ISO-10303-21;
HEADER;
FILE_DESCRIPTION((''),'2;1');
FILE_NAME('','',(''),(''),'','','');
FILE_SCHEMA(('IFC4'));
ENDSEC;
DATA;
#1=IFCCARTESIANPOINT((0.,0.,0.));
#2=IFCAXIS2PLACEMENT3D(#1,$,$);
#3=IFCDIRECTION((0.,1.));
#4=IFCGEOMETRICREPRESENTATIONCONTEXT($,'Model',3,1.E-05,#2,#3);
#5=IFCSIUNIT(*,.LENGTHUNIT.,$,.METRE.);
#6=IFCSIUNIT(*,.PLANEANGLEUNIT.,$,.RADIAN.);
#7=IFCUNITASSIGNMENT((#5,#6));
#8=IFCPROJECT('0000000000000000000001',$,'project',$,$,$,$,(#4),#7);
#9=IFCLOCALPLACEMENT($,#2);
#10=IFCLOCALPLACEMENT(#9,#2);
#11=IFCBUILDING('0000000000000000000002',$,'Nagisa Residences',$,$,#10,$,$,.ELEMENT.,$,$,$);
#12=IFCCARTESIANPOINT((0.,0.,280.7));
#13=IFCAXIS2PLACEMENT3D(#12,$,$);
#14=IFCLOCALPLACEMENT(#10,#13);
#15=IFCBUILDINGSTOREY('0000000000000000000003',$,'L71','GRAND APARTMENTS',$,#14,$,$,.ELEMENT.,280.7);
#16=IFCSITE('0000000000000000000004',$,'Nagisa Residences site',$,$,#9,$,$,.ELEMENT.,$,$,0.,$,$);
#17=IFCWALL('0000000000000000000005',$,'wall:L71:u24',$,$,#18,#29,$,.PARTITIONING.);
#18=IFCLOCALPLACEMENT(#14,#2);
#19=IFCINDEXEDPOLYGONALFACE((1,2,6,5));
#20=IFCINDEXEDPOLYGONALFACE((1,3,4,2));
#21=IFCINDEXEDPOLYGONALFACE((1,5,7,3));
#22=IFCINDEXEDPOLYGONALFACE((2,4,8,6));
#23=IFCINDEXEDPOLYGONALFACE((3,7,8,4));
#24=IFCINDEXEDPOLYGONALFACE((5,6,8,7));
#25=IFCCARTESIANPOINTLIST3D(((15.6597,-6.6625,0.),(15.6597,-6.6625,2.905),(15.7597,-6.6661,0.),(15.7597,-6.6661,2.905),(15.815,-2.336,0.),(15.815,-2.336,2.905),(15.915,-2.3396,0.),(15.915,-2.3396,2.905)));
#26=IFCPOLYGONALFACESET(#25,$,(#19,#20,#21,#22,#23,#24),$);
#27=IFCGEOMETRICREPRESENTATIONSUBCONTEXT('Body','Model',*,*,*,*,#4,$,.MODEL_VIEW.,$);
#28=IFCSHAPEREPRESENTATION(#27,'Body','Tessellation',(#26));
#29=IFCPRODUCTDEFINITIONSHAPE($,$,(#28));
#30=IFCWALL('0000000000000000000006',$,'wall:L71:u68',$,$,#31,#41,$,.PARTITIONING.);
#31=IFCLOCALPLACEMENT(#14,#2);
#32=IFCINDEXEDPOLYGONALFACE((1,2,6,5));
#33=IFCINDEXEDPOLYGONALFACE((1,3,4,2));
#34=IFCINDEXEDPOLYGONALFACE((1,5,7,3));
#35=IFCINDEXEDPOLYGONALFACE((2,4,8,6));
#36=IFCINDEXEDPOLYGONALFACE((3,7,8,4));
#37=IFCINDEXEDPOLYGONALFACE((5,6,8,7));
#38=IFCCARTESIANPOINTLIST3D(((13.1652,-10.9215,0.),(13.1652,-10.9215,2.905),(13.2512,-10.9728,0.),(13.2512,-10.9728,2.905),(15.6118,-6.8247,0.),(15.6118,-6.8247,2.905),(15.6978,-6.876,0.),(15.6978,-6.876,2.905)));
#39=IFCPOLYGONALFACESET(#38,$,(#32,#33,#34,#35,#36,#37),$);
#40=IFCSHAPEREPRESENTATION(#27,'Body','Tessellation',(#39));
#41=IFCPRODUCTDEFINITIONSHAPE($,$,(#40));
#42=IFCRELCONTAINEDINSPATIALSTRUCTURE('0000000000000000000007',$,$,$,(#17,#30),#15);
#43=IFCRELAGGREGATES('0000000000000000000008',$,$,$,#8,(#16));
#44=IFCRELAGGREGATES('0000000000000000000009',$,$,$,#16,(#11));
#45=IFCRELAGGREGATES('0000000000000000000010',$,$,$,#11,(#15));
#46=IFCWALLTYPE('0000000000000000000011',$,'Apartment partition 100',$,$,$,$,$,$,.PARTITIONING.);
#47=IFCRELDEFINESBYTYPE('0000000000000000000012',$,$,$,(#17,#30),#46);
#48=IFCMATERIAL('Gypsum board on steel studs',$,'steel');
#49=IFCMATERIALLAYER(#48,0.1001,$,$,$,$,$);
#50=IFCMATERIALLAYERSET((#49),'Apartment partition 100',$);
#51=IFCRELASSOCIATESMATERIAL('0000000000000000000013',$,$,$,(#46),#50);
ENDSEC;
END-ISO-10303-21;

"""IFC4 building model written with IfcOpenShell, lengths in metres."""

from ifc_helpers import new_model, si_unit, direction, frame, frame_2d, origin, place, context, subcontext, project, spatial, rectangle, extrude, material, layer, layer_set, type_object, element, save


model = new_model("IFC4")

# Units and contexts
model_context = context("Model", 3, precision=1e-05, world=origin(), true_north=direction((0.0, 1.0)))
body_context = subcontext(model_context, "Body", "Model", "MODEL_VIEW")
ifc_project = project(units=[si_unit("LENGTHUNIT", "METRE"), si_unit("PLANEANGLEUNIT", "RADIAN")], contexts=[model_context])

# Site, building, storey
site_placement = place(None, origin())
site = spatial("IfcSite", under=ifc_project, at=site_placement, Name="Nagisa Residences site", CompositionType="ELEMENT", RefElevation=0.0)
building_placement = place(site_placement, origin())
building = spatial("IfcBuilding", under=site, at=building_placement, Name="Nagisa Residences", CompositionType="ELEMENT")
storey_placement = place(building_placement, frame((0.0, 0.0, 280.7)))
storey = spatial("IfcBuildingStorey", under=building, at=storey_placement, Name="L71", Description="GRAND APARTMENTS", CompositionType="ELEMENT", Elevation=280.7)

# Shared definitions
ifc_material_1 = material(Name="Gypsum board on steel studs", Category="steel")
ifc_layer_1 = layer(ifc_material_1, 0.1001)
ifc_layer_set_1 = layer_set([ifc_layer_1], Name="Apartment partition 100")
wall_type_1 = type_object("IfcWallType", Name="Apartment partition 100", PredefinedType="PARTITIONING", material=ifc_layer_set_1)

# Walls
wall_1_placement = place(storey_placement, frame((15.865, -2.3379, 0.0), z_axis=(0.0, 0.0, 1.0), x_axis=(-0.035865, -0.999357, 0.0)))
element("IfcWall", 1, at=wall_1_placement, inside=storey, type_object=wall_type_1, Name="wall:L71:u24", PredefinedType="PARTITIONING", context=body_context, shape_type="SweptSolid", body=[
    extrude(rectangle(XDim=4.3293, YDim=0.1001, at=frame_2d((2.1646, 0.0))), origin(), (0.0, 0.0, 1.0), 2.905),
])
wall_2_placement = place(storey_placement, frame((13.2083, -10.947, 0.0), z_axis=(0.0, 0.0, 1.0), x_axis=(0.512726, 0.858552, 0.0)))
element("IfcWall", 2, at=wall_2_placement, inside=storey, type_object=wall_type_1, Name="wall:L71:u68", PredefinedType="PARTITIONING", context=body_context, shape_type="SweptSolid", body=[
    extrude(rectangle(XDim=4.7717, YDim=0.1001, at=frame_2d((2.3857, 0.0))), origin(), (0.0, 0.0, 1.0), 2.905),
])

save(model, "model.ifc")
